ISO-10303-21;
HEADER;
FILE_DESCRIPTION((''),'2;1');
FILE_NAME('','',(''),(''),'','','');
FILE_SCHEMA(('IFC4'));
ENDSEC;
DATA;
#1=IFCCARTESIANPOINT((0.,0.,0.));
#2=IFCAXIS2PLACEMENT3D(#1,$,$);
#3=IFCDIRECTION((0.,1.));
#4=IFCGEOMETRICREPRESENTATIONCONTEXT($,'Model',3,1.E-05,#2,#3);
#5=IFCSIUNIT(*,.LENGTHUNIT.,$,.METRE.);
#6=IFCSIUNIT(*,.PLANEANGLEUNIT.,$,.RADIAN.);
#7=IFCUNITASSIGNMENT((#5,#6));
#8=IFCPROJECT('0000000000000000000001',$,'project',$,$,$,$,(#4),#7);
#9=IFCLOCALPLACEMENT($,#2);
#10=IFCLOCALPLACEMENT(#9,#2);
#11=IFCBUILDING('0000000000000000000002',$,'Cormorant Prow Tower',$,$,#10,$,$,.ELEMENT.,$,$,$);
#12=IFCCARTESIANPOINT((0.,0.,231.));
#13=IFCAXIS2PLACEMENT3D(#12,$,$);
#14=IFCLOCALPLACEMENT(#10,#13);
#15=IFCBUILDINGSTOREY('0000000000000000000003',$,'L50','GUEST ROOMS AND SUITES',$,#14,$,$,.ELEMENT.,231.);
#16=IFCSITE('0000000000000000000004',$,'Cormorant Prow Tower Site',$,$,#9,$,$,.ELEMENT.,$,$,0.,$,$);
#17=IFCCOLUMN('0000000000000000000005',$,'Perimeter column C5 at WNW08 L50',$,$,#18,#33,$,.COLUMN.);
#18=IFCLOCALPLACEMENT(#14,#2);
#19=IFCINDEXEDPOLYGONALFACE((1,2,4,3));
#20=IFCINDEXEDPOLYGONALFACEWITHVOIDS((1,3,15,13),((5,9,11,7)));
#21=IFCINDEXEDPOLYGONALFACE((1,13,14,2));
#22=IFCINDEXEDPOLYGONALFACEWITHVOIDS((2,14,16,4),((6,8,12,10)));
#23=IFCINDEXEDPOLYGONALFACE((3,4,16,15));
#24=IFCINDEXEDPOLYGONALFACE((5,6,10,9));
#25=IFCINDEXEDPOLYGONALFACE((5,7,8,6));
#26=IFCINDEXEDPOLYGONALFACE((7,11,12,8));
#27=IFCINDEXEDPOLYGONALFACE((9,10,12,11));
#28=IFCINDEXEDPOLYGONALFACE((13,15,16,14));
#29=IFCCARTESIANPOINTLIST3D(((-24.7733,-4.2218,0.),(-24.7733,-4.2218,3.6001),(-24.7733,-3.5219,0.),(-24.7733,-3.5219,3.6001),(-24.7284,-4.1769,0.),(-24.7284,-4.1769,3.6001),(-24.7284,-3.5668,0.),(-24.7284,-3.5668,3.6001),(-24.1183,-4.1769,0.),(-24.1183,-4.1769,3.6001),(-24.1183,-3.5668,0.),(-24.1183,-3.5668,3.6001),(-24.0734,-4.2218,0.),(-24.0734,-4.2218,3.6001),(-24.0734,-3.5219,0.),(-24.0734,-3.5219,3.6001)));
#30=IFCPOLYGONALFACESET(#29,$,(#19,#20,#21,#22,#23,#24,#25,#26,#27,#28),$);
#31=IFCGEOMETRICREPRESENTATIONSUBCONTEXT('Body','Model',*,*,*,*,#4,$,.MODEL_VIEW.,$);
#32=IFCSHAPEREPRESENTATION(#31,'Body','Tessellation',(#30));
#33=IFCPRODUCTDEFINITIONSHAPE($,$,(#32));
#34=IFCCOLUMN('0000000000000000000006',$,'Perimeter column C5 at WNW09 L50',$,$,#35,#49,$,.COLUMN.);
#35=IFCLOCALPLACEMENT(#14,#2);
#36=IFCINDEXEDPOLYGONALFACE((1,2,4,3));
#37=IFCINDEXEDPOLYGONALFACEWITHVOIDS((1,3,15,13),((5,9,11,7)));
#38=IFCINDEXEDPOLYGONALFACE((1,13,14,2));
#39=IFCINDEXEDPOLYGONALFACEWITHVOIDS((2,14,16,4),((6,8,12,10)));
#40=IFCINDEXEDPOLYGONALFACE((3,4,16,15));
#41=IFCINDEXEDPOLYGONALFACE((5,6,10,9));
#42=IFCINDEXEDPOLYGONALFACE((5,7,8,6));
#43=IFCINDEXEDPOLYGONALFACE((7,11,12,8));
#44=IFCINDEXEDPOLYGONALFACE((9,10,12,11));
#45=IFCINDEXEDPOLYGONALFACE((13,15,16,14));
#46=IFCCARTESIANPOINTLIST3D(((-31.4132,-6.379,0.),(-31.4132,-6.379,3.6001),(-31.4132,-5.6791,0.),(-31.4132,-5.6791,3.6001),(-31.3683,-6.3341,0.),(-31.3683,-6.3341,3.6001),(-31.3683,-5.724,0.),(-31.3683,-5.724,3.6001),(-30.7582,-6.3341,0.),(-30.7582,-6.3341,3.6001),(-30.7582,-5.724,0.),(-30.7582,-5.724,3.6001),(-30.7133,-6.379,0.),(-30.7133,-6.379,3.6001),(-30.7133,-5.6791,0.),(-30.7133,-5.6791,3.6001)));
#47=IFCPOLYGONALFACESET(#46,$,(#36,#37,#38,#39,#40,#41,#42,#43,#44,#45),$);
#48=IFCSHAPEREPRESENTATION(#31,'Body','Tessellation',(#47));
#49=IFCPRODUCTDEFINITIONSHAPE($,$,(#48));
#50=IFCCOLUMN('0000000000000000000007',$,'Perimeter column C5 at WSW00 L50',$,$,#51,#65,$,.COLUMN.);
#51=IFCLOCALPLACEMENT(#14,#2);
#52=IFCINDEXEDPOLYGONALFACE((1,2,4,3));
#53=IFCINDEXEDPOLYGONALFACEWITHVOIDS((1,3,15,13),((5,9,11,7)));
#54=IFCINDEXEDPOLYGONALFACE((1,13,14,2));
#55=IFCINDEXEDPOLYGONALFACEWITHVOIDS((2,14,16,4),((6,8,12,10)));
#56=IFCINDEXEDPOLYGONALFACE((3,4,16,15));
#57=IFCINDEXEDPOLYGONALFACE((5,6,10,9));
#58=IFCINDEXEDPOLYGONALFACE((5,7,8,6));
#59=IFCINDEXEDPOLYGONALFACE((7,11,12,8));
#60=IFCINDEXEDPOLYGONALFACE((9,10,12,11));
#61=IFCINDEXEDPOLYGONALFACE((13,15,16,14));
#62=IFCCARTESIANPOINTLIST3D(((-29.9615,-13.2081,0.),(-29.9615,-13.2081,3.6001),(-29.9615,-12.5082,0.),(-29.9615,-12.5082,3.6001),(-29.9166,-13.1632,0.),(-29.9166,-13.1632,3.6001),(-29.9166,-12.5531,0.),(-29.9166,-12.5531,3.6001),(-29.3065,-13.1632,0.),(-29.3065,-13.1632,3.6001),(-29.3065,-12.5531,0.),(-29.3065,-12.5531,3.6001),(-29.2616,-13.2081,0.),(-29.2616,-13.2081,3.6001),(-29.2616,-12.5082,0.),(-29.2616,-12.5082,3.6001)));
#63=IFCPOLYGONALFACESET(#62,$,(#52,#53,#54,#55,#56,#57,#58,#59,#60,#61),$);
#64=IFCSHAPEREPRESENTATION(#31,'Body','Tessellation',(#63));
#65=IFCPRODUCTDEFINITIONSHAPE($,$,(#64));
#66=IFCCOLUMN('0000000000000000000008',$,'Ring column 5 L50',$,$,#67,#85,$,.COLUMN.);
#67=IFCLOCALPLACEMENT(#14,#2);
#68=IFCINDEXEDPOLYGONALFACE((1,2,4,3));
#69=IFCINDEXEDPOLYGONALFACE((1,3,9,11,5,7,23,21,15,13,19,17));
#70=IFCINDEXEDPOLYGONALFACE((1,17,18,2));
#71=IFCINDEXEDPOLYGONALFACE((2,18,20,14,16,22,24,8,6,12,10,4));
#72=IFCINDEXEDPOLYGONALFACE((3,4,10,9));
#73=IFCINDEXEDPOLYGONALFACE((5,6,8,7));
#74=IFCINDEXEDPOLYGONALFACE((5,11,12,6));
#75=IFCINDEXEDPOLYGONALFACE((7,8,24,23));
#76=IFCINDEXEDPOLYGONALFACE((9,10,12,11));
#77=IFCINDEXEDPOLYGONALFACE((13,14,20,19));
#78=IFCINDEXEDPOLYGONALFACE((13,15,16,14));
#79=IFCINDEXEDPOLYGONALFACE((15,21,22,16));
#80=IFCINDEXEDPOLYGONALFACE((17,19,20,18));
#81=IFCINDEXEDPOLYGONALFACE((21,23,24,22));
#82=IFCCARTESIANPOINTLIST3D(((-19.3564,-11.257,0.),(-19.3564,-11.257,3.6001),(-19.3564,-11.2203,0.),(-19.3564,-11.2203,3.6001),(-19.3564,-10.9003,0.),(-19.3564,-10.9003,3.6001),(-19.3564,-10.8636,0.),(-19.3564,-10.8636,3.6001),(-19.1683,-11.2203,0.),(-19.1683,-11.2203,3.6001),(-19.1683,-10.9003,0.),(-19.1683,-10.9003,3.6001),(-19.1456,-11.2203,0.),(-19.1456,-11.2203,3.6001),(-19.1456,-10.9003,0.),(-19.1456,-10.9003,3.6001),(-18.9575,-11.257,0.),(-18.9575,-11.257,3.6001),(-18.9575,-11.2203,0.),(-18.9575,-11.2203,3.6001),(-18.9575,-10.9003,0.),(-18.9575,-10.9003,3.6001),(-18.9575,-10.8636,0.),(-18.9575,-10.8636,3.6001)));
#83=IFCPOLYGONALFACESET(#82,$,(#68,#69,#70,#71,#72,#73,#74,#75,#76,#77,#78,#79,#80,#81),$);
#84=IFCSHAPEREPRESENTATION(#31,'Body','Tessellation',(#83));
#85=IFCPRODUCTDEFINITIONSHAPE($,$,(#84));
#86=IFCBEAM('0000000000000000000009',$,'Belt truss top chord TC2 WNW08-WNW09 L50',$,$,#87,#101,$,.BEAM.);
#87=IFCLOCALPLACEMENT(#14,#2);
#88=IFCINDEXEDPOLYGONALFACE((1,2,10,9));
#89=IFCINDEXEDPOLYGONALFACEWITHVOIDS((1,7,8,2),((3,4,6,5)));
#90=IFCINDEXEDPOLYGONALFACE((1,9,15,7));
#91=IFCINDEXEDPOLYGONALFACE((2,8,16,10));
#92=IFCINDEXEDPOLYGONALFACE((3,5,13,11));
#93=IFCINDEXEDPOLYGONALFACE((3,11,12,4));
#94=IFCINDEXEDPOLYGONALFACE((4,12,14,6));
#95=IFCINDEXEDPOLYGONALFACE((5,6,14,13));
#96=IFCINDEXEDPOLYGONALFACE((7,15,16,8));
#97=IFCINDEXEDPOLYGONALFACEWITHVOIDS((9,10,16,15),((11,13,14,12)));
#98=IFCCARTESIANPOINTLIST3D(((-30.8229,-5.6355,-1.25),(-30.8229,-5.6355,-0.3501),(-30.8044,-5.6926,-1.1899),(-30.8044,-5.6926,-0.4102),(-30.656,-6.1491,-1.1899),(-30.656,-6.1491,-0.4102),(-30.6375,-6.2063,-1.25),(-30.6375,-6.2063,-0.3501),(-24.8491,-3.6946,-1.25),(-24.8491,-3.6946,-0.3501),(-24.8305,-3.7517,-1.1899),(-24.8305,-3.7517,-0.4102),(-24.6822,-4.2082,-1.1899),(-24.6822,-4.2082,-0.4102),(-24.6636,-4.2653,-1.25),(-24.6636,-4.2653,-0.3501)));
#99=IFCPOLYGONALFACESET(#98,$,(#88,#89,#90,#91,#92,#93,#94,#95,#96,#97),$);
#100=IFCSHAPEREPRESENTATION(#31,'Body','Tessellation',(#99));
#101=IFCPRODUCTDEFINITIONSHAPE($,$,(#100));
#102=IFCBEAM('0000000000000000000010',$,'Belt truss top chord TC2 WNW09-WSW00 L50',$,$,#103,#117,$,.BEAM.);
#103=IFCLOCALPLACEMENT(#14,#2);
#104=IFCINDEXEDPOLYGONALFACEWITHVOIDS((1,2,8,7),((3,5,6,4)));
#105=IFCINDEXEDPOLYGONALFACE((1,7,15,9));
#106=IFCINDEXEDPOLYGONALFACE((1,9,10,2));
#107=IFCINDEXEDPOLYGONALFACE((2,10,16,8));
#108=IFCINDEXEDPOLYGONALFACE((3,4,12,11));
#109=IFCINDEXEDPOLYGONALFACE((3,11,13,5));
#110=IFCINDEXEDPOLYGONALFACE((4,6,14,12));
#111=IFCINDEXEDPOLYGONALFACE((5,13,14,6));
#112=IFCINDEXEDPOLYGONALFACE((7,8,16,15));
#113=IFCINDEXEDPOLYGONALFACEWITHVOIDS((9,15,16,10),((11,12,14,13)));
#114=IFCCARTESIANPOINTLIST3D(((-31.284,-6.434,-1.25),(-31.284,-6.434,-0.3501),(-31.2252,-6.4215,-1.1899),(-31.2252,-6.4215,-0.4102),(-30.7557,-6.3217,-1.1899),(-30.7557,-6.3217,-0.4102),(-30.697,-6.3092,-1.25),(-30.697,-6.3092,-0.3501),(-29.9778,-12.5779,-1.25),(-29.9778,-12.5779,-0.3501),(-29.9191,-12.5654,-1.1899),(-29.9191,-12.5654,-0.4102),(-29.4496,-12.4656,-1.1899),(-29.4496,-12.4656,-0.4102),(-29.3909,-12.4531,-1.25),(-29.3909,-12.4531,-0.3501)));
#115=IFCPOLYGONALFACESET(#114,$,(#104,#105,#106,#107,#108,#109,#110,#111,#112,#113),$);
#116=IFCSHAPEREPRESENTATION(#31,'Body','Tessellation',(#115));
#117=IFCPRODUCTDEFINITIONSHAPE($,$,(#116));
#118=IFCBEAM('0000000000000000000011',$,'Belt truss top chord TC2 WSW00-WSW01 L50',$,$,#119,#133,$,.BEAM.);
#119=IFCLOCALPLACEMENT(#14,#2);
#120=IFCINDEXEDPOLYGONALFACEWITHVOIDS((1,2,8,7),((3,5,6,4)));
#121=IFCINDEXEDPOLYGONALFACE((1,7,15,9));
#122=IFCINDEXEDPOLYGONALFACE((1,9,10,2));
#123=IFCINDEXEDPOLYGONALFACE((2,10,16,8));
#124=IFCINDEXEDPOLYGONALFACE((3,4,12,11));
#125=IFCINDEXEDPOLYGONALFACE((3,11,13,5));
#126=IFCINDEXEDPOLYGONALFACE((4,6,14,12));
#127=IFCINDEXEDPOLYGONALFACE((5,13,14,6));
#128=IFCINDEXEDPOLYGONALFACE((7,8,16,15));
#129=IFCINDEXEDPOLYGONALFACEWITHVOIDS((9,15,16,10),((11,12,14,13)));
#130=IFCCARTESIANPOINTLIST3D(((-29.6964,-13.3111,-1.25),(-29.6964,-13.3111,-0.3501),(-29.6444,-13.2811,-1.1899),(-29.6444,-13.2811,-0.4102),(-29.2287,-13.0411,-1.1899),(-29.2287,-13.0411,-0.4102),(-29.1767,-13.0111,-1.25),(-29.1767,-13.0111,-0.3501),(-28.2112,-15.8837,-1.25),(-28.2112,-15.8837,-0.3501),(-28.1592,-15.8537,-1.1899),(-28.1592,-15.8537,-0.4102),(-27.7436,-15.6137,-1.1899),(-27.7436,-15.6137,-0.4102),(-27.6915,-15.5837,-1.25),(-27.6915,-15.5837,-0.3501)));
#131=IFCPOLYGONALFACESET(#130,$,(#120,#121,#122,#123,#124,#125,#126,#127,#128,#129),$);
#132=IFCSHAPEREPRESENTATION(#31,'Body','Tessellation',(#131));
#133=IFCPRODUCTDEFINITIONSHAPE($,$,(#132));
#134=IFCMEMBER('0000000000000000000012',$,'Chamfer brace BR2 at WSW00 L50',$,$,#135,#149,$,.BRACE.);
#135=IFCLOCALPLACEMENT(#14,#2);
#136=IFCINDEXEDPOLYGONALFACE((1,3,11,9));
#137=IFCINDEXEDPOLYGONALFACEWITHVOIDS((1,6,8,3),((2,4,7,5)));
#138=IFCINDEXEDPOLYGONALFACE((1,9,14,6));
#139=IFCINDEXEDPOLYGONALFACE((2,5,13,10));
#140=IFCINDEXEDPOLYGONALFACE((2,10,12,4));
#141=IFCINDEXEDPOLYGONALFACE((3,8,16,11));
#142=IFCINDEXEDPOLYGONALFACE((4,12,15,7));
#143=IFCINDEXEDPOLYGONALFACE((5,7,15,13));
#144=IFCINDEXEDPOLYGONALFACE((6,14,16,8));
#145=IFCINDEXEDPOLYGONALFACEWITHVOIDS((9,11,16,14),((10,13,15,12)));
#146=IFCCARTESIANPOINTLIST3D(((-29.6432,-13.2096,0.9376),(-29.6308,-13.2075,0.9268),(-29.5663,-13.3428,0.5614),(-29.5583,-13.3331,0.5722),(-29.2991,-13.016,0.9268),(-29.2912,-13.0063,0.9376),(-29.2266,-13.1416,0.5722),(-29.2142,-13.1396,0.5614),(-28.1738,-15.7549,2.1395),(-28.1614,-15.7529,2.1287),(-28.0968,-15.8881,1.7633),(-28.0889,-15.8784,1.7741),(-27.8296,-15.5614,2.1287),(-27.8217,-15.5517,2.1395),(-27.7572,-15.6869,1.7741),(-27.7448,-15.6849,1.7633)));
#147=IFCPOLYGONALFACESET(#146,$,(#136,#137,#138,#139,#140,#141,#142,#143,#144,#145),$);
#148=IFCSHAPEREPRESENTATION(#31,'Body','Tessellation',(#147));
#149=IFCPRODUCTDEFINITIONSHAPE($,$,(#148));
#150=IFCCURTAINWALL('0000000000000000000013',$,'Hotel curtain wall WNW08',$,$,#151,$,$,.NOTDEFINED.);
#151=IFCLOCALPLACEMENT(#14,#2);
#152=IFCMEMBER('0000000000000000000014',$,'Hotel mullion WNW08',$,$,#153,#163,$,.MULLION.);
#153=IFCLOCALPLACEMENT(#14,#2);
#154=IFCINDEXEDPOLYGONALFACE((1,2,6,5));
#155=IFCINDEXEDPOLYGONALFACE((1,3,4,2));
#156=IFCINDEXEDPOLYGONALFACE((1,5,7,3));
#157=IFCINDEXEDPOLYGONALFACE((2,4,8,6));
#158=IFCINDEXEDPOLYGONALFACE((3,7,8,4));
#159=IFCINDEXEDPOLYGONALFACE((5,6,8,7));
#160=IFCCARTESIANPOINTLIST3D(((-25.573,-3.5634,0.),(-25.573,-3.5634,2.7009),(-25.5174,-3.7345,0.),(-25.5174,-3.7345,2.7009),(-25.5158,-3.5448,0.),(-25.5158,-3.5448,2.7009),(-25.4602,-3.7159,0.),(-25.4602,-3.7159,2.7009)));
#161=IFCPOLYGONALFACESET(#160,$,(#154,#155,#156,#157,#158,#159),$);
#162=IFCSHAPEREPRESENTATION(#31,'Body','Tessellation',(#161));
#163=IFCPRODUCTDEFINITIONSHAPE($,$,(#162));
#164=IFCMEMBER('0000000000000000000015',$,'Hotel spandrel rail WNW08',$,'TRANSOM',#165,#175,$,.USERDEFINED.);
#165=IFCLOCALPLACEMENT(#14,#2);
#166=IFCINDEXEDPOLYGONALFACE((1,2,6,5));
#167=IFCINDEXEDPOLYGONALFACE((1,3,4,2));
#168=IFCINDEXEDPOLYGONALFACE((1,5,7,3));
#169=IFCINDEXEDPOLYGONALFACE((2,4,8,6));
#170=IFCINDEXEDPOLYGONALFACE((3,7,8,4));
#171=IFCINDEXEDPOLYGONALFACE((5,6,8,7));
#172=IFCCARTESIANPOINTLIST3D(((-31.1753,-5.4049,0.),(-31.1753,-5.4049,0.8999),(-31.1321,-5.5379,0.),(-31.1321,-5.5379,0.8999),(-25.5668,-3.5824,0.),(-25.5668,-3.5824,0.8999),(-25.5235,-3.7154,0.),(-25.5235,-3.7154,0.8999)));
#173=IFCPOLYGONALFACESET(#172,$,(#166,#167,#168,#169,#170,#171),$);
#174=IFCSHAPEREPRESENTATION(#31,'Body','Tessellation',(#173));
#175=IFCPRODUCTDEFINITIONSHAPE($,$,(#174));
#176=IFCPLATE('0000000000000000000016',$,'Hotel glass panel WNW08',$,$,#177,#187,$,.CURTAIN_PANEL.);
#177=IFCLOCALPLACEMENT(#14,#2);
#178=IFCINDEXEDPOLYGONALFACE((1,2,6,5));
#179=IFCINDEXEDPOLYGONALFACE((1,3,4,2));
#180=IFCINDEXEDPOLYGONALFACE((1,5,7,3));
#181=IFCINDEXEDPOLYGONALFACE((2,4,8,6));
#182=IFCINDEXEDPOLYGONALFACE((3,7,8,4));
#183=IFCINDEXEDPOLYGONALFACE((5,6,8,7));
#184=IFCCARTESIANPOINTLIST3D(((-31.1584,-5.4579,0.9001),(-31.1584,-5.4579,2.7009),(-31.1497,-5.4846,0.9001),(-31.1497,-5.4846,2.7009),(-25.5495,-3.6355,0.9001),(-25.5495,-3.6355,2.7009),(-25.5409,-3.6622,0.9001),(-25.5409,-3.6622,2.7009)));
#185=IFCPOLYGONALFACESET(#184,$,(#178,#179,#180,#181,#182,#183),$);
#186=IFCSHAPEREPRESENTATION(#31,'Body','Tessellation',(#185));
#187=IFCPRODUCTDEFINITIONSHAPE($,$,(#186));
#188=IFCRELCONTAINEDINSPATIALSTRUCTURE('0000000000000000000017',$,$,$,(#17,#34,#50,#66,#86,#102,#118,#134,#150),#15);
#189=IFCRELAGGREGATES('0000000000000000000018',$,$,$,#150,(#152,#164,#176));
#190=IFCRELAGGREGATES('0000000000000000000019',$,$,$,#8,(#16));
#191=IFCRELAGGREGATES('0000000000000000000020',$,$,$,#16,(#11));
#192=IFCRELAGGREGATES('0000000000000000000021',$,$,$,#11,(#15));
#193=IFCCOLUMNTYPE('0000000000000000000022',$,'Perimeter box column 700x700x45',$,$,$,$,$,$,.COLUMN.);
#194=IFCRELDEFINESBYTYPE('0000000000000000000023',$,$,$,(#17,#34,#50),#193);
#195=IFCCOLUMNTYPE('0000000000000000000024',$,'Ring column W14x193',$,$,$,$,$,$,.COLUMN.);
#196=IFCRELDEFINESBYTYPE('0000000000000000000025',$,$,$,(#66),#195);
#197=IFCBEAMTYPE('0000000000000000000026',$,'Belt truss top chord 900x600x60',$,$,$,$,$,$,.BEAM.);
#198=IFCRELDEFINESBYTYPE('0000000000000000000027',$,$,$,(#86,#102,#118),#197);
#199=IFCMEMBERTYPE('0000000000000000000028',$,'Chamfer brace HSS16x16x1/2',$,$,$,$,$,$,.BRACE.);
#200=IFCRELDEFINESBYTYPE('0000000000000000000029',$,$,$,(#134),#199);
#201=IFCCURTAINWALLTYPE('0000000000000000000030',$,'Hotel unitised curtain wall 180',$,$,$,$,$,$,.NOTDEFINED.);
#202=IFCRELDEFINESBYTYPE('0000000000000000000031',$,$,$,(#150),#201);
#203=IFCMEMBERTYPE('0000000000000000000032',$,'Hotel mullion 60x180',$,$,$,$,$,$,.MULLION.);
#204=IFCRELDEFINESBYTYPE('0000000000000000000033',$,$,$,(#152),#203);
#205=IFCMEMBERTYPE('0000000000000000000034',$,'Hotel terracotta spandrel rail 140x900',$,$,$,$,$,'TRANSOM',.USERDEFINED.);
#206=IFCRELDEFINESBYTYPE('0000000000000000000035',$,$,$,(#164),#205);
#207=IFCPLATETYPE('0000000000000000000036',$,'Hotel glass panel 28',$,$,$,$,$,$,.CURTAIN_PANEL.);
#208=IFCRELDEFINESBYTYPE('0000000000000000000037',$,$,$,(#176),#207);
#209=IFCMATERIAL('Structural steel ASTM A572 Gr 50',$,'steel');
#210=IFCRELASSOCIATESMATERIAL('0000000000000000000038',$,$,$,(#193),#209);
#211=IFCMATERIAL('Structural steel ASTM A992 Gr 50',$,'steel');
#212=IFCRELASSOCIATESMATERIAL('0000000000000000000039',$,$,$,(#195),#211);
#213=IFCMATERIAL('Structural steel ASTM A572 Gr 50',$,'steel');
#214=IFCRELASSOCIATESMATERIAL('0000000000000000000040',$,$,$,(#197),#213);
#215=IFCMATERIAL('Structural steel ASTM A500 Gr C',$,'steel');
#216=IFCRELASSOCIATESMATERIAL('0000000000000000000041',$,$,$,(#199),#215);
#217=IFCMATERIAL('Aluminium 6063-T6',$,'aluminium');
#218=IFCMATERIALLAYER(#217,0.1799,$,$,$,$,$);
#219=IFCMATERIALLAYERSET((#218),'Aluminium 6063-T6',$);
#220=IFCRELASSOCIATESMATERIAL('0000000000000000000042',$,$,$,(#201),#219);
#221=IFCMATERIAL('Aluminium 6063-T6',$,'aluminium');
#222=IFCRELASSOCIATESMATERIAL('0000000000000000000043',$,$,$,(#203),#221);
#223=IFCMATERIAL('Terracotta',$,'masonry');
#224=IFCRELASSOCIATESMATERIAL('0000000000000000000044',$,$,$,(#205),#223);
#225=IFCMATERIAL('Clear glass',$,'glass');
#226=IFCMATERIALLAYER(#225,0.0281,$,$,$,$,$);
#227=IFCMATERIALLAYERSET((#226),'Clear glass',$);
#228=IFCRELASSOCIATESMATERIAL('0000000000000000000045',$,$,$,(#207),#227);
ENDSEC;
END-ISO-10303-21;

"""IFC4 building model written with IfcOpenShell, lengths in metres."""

from ifc_helpers import new_model, si_unit, direction, frame, origin, origin_2d, place, context, subcontext, project, spatial, rectangle, hollow_rectangle, i_section, extrude, material, layer, layer_set, material_profile, profile_set, type_object, element, aggregate, save


model = new_model("IFC4")

# Units and contexts
model_context = context("Model", 3, precision=1e-05, world=origin(), true_north=direction((0.0, 1.0)))
body_context = subcontext(model_context, "Body", "Model", "MODEL_VIEW")
ifc_project = project(units=[si_unit("LENGTHUNIT", "METRE"), si_unit("PLANEANGLEUNIT", "RADIAN")], contexts=[model_context])

# Site, building, storey
site_placement = place(None, origin())
site = spatial("IfcSite", under=ifc_project, at=site_placement, Name="Cormorant Prow Tower Site", CompositionType="ELEMENT", RefElevation=0.0)
building_placement = place(site_placement, origin())
building = spatial("IfcBuilding", under=site, at=building_placement, Name="Cormorant Prow Tower", CompositionType="ELEMENT")
storey_placement = place(building_placement, frame((0.0, 0.0, 231.0)))
storey = spatial("IfcBuildingStorey", under=building, at=storey_placement, Name="L50", Description="GUEST ROOMS AND SUITES", CompositionType="ELEMENT", Elevation=231.0)

# Columns
ifc_material_1 = material(Name="Structural steel ASTM A572 Gr 50", Category="steel")
ifc_material_profile_1 = material_profile(ifc_material_1, hollow_rectangle(XDim=0.7, YDim=0.7, WallThickness=0.0449, at=origin_2d()), Name="Box 700x700x45")
ifc_profile_set_1 = profile_set([ifc_material_profile_1], Name="Structural steel ASTM A572 Gr 50")
column_type_1 = type_object("IfcColumnType", Name="Perimeter box column 700x700x45", PredefinedType="COLUMN", material=ifc_profile_set_1)
for number, where, z_axis, x_axis, name in (
    (1, (-24.4233, -3.8718, 0.0), (0.0, 0.0, 1.0), (1.0, 0.0, 0.0), "Perimeter column C5 at WNW08 L50"),
    (2, (-31.0632, -6.0291, 0.0), (0.0, 0.0, 1.0), (1.0, 0.0, 0.0), "Perimeter column C5 at WNW09 L50"),
    (3, (-29.6116, -12.8582, 0.0), (0.0, 0.0, 1.0), (1.0, 0.0, 0.0), "Perimeter column C5 at WSW00 L50"),
):
    element("IfcColumn", number, at=place(storey_placement, frame(where, z_axis=z_axis, x_axis=x_axis)), inside=storey, type_object=column_type_1, Name=name, PredefinedType="COLUMN", context=body_context, shape_type="SweptSolid", body=[
        extrude(hollow_rectangle(XDim=0.7, YDim=0.7, WallThickness=0.0449, at=origin_2d()), origin(), (0.0, 0.0, 1.0), 3.6001),
    ])
ifc_material_2 = material(Name="Structural steel ASTM A992 Gr 50", Category="steel")
ifc_material_profile_2 = material_profile(ifc_material_2, i_section(OverallWidth=0.3989, OverallDepth=0.3933, WebThickness=0.0227, FlangeThickness=0.0366, at=origin_2d()), Name="W14x193")
ifc_profile_set_2 = profile_set([ifc_material_profile_2], Name="Structural steel ASTM A992 Gr 50")
column_type_2 = type_object("IfcColumnType", Name="Ring column W14x193", PredefinedType="COLUMN", material=ifc_profile_set_2)
column_placement = place(storey_placement, frame((-19.157, -11.0603, 0.0), z_axis=(0.0, 0.0, 1.0), x_axis=(1.0, 0.0, 0.0)))
element("IfcColumn", 4, at=column_placement, inside=storey, type_object=column_type_2, Name="Ring column 5 L50", PredefinedType="COLUMN", context=body_context, shape_type="SweptSolid", body=[
    extrude(i_section(OverallWidth=0.3989, OverallDepth=0.3933, WebThickness=0.0227, FlangeThickness=0.0366, at=origin_2d()), origin(), (0.0, 0.0, 1.0), 3.6001),
])

# Beams
ifc_material_3 = material(Name="Structural steel ASTM A572 Gr 50", Category="steel")
ifc_material_profile_3 = material_profile(ifc_material_3, hollow_rectangle(XDim=0.6001, YDim=0.8999, WallThickness=0.0601, at=origin_2d()), Name="Box 900x600x60")
ifc_profile_set_3 = profile_set([ifc_material_profile_3], Name="Structural steel ASTM A572 Gr 50")
beam_type = type_object("IfcBeamType", Name="Belt truss top chord 900x600x60", PredefinedType="BEAM", material=ifc_profile_set_3)
for number, where, z_axis, x_axis, name in (
    (5, (-24.7563, -3.98, -0.8), (-0.951062, -0.309001, 0.0), (0.309001, -0.951062, 0.0), "Belt truss top chord TC2 WNW08-WNW09 L50"),
    (6, (-30.9905, -6.3716, -0.8), (0.207941, -0.978141, 0.0), (0.978141, 0.207941, 0.0), "Belt truss top chord TC2 WNW09-WSW00 L50"),
):
    element("IfcBeam", number, at=place(storey_placement, frame(where, z_axis=z_axis, x_axis=x_axis)), inside=storey, type_object=beam_type, Name=name, PredefinedType="BEAM", context=body_context, shape_type="SweptSolid", body=[
        extrude(hollow_rectangle(XDim=0.6001, YDim=0.8999, WallThickness=0.0601, at=origin_2d()), origin(), (0.0, 0.0, 1.0), 6.2812),
    ])
beam_placement = place(storey_placement, frame((-29.4365, -13.1611, -0.8), z_axis=(0.499967, -0.866045, 0.0), x_axis=(0.866045, 0.499967, 0.0)))
element("IfcBeam", 7, at=beam_placement, inside=storey, type_object=beam_type, Name="Belt truss top chord TC2 WSW00-WSW01 L50", PredefinedType="BEAM", context=body_context, shape_type="SweptSolid", body=[
    extrude(hollow_rectangle(XDim=0.6001, YDim=0.8999, WallThickness=0.0601, at=origin_2d()), origin(), (0.0, 0.0, 1.0), 2.9705),
])

# Member
ifc_material_4 = material(Name="Structural steel ASTM A500 Gr C", Category="steel")
ifc_material_profile_4 = material_profile(ifc_material_4, hollow_rectangle(XDim=0.4065, YDim=0.4065, WallThickness=0.0117, at=origin_2d()), Name="HSS16x16x1/2")
ifc_profile_set_4 = profile_set([ifc_material_profile_4], Name="Structural steel ASTM A500 Gr C")
member_type_1 = type_object("IfcMemberType", Name="Chamfer brace HSS16x16x1/2", PredefinedType="BRACE", material=ifc_profile_set_4)
member_1_placement = place(storey_placement, frame((-29.4287, -13.1746, 0.7495), z_axis=(0.462773, -0.801607, 0.378507), x_axis=(0.866042, 0.499972, 0.0)))
element("IfcMember", 8, at=member_1_placement, inside=storey, type_object=member_type_1, Name="Chamfer brace BR2 at WSW00 L50", PredefinedType="BRACE", context=body_context, shape_type="SweptSolid", body=[
    extrude(hollow_rectangle(XDim=0.4065, YDim=0.4065, WallThickness=0.0117, at=origin_2d()), origin(), (0.0, 0.0, 1.0), 3.1753),
])

# Curtain wall, members, plate
ifc_material_5 = material(Name="Aluminium 6063-T6", Category="aluminium")
ifc_layer_1 = layer(ifc_material_5, 0.1799)
ifc_layer_set_1 = layer_set([ifc_layer_1], Name="Aluminium 6063-T6")
curtain_wall_type = type_object("IfcCurtainWallType", Name="Hotel unitised curtain wall 180", PredefinedType="NOTDEFINED", material=ifc_layer_set_1)
curtain_wall_placement = place(storey_placement, origin())
curtain_wall = element("IfcCurtainWall", 9, at=curtain_wall_placement, inside=storey, type_object=curtain_wall_type, Name="Hotel curtain wall WNW08", PredefinedType="NOTDEFINED")
ifc_material_6 = material(Name="Aluminium 6063-T6", Category="aluminium")
ifc_material_profile_5 = material_profile(ifc_material_6, rectangle(XDim=0.1799, YDim=0.0601, at=origin_2d()), Name="Hotel mullion 60x180")
ifc_profile_set_5 = profile_set([ifc_material_profile_5], Name="Aluminium 6063-T6")
member_type_2 = type_object("IfcMemberType", Name="Hotel mullion 60x180", PredefinedType="MULLION", material=ifc_profile_set_5)
member_2_placement = place(storey_placement, frame((-25.5166, -3.6396, 0.0), z_axis=(0.0, 0.0, 1.0), x_axis=(0.309017, -0.951057, 0.0)))
member_2 = element("IfcMember", 10, at=member_2_placement, type_object=member_type_2, Name="Hotel mullion WNW08", PredefinedType="MULLION", context=body_context, shape_type="SweptSolid", body=[
    extrude(rectangle(XDim=0.1799, YDim=0.0601, at=origin_2d()), origin(), (0.0, 0.0, 1.0), 2.7009),
])
ifc_material_7 = material(Name="Terracotta", Category="masonry")
ifc_material_profile_6 = material_profile(ifc_material_7, rectangle(XDim=0.1399, YDim=0.8999, at=origin_2d()), Name="Hotel terracotta spandrel rail 140x900")
ifc_profile_set_6 = profile_set([ifc_material_profile_6], Name="Terracotta")
member_type_3 = type_object("IfcMemberType", Name="Hotel terracotta spandrel rail 140x900", ElementType="TRANSOM", PredefinedType="USERDEFINED", material=ifc_profile_set_6)
member_3_placement = place(storey_placement, frame((-25.5452, -3.6489, 0.45), z_axis=(-0.951049, -0.30904, 0.0), x_axis=(0.30904, -0.951049, 0.0)))
member_3 = element("IfcMember", 11, at=member_3_placement, type_object=member_type_3, Name="Hotel spandrel rail WNW08", ObjectType="TRANSOM", PredefinedType="USERDEFINED", context=body_context, shape_type="SweptSolid", body=[
    extrude(rectangle(XDim=0.1399, YDim=0.8999, at=origin_2d()), origin(), (0.0, 0.0, 1.0), 5.8972),
])
ifc_material_8 = material(Name="Clear glass", Category="glass")
ifc_layer_2 = layer(ifc_material_8, 0.0281)
ifc_layer_set_2 = layer_set([ifc_layer_2], Name="Clear glass")
plate_type = type_object("IfcPlateType", Name="Hotel glass panel 28", PredefinedType="CURTAIN_PANEL", material=ifc_layer_set_2)
plate_placement = place(storey_placement, frame((-28.3496, -4.5601, 0.9001), z_axis=(0.0, 0.0, 1.0), x_axis=(-0.951057, -0.309017, 0.0)))
plate = element("IfcPlate", 12, at=plate_placement, type_object=plate_type, Name="Hotel glass panel WNW08", PredefinedType="CURTAIN_PANEL", context=body_context, shape_type="SweptSolid", body=[
    extrude(rectangle(XDim=5.8975, YDim=0.0281, at=origin_2d()), origin(), (0.0, 0.0, 1.0), 1.8008),
])
aggregate(curtain_wall, [member_2, member_3, plate])

save(model, "model.ifc")
